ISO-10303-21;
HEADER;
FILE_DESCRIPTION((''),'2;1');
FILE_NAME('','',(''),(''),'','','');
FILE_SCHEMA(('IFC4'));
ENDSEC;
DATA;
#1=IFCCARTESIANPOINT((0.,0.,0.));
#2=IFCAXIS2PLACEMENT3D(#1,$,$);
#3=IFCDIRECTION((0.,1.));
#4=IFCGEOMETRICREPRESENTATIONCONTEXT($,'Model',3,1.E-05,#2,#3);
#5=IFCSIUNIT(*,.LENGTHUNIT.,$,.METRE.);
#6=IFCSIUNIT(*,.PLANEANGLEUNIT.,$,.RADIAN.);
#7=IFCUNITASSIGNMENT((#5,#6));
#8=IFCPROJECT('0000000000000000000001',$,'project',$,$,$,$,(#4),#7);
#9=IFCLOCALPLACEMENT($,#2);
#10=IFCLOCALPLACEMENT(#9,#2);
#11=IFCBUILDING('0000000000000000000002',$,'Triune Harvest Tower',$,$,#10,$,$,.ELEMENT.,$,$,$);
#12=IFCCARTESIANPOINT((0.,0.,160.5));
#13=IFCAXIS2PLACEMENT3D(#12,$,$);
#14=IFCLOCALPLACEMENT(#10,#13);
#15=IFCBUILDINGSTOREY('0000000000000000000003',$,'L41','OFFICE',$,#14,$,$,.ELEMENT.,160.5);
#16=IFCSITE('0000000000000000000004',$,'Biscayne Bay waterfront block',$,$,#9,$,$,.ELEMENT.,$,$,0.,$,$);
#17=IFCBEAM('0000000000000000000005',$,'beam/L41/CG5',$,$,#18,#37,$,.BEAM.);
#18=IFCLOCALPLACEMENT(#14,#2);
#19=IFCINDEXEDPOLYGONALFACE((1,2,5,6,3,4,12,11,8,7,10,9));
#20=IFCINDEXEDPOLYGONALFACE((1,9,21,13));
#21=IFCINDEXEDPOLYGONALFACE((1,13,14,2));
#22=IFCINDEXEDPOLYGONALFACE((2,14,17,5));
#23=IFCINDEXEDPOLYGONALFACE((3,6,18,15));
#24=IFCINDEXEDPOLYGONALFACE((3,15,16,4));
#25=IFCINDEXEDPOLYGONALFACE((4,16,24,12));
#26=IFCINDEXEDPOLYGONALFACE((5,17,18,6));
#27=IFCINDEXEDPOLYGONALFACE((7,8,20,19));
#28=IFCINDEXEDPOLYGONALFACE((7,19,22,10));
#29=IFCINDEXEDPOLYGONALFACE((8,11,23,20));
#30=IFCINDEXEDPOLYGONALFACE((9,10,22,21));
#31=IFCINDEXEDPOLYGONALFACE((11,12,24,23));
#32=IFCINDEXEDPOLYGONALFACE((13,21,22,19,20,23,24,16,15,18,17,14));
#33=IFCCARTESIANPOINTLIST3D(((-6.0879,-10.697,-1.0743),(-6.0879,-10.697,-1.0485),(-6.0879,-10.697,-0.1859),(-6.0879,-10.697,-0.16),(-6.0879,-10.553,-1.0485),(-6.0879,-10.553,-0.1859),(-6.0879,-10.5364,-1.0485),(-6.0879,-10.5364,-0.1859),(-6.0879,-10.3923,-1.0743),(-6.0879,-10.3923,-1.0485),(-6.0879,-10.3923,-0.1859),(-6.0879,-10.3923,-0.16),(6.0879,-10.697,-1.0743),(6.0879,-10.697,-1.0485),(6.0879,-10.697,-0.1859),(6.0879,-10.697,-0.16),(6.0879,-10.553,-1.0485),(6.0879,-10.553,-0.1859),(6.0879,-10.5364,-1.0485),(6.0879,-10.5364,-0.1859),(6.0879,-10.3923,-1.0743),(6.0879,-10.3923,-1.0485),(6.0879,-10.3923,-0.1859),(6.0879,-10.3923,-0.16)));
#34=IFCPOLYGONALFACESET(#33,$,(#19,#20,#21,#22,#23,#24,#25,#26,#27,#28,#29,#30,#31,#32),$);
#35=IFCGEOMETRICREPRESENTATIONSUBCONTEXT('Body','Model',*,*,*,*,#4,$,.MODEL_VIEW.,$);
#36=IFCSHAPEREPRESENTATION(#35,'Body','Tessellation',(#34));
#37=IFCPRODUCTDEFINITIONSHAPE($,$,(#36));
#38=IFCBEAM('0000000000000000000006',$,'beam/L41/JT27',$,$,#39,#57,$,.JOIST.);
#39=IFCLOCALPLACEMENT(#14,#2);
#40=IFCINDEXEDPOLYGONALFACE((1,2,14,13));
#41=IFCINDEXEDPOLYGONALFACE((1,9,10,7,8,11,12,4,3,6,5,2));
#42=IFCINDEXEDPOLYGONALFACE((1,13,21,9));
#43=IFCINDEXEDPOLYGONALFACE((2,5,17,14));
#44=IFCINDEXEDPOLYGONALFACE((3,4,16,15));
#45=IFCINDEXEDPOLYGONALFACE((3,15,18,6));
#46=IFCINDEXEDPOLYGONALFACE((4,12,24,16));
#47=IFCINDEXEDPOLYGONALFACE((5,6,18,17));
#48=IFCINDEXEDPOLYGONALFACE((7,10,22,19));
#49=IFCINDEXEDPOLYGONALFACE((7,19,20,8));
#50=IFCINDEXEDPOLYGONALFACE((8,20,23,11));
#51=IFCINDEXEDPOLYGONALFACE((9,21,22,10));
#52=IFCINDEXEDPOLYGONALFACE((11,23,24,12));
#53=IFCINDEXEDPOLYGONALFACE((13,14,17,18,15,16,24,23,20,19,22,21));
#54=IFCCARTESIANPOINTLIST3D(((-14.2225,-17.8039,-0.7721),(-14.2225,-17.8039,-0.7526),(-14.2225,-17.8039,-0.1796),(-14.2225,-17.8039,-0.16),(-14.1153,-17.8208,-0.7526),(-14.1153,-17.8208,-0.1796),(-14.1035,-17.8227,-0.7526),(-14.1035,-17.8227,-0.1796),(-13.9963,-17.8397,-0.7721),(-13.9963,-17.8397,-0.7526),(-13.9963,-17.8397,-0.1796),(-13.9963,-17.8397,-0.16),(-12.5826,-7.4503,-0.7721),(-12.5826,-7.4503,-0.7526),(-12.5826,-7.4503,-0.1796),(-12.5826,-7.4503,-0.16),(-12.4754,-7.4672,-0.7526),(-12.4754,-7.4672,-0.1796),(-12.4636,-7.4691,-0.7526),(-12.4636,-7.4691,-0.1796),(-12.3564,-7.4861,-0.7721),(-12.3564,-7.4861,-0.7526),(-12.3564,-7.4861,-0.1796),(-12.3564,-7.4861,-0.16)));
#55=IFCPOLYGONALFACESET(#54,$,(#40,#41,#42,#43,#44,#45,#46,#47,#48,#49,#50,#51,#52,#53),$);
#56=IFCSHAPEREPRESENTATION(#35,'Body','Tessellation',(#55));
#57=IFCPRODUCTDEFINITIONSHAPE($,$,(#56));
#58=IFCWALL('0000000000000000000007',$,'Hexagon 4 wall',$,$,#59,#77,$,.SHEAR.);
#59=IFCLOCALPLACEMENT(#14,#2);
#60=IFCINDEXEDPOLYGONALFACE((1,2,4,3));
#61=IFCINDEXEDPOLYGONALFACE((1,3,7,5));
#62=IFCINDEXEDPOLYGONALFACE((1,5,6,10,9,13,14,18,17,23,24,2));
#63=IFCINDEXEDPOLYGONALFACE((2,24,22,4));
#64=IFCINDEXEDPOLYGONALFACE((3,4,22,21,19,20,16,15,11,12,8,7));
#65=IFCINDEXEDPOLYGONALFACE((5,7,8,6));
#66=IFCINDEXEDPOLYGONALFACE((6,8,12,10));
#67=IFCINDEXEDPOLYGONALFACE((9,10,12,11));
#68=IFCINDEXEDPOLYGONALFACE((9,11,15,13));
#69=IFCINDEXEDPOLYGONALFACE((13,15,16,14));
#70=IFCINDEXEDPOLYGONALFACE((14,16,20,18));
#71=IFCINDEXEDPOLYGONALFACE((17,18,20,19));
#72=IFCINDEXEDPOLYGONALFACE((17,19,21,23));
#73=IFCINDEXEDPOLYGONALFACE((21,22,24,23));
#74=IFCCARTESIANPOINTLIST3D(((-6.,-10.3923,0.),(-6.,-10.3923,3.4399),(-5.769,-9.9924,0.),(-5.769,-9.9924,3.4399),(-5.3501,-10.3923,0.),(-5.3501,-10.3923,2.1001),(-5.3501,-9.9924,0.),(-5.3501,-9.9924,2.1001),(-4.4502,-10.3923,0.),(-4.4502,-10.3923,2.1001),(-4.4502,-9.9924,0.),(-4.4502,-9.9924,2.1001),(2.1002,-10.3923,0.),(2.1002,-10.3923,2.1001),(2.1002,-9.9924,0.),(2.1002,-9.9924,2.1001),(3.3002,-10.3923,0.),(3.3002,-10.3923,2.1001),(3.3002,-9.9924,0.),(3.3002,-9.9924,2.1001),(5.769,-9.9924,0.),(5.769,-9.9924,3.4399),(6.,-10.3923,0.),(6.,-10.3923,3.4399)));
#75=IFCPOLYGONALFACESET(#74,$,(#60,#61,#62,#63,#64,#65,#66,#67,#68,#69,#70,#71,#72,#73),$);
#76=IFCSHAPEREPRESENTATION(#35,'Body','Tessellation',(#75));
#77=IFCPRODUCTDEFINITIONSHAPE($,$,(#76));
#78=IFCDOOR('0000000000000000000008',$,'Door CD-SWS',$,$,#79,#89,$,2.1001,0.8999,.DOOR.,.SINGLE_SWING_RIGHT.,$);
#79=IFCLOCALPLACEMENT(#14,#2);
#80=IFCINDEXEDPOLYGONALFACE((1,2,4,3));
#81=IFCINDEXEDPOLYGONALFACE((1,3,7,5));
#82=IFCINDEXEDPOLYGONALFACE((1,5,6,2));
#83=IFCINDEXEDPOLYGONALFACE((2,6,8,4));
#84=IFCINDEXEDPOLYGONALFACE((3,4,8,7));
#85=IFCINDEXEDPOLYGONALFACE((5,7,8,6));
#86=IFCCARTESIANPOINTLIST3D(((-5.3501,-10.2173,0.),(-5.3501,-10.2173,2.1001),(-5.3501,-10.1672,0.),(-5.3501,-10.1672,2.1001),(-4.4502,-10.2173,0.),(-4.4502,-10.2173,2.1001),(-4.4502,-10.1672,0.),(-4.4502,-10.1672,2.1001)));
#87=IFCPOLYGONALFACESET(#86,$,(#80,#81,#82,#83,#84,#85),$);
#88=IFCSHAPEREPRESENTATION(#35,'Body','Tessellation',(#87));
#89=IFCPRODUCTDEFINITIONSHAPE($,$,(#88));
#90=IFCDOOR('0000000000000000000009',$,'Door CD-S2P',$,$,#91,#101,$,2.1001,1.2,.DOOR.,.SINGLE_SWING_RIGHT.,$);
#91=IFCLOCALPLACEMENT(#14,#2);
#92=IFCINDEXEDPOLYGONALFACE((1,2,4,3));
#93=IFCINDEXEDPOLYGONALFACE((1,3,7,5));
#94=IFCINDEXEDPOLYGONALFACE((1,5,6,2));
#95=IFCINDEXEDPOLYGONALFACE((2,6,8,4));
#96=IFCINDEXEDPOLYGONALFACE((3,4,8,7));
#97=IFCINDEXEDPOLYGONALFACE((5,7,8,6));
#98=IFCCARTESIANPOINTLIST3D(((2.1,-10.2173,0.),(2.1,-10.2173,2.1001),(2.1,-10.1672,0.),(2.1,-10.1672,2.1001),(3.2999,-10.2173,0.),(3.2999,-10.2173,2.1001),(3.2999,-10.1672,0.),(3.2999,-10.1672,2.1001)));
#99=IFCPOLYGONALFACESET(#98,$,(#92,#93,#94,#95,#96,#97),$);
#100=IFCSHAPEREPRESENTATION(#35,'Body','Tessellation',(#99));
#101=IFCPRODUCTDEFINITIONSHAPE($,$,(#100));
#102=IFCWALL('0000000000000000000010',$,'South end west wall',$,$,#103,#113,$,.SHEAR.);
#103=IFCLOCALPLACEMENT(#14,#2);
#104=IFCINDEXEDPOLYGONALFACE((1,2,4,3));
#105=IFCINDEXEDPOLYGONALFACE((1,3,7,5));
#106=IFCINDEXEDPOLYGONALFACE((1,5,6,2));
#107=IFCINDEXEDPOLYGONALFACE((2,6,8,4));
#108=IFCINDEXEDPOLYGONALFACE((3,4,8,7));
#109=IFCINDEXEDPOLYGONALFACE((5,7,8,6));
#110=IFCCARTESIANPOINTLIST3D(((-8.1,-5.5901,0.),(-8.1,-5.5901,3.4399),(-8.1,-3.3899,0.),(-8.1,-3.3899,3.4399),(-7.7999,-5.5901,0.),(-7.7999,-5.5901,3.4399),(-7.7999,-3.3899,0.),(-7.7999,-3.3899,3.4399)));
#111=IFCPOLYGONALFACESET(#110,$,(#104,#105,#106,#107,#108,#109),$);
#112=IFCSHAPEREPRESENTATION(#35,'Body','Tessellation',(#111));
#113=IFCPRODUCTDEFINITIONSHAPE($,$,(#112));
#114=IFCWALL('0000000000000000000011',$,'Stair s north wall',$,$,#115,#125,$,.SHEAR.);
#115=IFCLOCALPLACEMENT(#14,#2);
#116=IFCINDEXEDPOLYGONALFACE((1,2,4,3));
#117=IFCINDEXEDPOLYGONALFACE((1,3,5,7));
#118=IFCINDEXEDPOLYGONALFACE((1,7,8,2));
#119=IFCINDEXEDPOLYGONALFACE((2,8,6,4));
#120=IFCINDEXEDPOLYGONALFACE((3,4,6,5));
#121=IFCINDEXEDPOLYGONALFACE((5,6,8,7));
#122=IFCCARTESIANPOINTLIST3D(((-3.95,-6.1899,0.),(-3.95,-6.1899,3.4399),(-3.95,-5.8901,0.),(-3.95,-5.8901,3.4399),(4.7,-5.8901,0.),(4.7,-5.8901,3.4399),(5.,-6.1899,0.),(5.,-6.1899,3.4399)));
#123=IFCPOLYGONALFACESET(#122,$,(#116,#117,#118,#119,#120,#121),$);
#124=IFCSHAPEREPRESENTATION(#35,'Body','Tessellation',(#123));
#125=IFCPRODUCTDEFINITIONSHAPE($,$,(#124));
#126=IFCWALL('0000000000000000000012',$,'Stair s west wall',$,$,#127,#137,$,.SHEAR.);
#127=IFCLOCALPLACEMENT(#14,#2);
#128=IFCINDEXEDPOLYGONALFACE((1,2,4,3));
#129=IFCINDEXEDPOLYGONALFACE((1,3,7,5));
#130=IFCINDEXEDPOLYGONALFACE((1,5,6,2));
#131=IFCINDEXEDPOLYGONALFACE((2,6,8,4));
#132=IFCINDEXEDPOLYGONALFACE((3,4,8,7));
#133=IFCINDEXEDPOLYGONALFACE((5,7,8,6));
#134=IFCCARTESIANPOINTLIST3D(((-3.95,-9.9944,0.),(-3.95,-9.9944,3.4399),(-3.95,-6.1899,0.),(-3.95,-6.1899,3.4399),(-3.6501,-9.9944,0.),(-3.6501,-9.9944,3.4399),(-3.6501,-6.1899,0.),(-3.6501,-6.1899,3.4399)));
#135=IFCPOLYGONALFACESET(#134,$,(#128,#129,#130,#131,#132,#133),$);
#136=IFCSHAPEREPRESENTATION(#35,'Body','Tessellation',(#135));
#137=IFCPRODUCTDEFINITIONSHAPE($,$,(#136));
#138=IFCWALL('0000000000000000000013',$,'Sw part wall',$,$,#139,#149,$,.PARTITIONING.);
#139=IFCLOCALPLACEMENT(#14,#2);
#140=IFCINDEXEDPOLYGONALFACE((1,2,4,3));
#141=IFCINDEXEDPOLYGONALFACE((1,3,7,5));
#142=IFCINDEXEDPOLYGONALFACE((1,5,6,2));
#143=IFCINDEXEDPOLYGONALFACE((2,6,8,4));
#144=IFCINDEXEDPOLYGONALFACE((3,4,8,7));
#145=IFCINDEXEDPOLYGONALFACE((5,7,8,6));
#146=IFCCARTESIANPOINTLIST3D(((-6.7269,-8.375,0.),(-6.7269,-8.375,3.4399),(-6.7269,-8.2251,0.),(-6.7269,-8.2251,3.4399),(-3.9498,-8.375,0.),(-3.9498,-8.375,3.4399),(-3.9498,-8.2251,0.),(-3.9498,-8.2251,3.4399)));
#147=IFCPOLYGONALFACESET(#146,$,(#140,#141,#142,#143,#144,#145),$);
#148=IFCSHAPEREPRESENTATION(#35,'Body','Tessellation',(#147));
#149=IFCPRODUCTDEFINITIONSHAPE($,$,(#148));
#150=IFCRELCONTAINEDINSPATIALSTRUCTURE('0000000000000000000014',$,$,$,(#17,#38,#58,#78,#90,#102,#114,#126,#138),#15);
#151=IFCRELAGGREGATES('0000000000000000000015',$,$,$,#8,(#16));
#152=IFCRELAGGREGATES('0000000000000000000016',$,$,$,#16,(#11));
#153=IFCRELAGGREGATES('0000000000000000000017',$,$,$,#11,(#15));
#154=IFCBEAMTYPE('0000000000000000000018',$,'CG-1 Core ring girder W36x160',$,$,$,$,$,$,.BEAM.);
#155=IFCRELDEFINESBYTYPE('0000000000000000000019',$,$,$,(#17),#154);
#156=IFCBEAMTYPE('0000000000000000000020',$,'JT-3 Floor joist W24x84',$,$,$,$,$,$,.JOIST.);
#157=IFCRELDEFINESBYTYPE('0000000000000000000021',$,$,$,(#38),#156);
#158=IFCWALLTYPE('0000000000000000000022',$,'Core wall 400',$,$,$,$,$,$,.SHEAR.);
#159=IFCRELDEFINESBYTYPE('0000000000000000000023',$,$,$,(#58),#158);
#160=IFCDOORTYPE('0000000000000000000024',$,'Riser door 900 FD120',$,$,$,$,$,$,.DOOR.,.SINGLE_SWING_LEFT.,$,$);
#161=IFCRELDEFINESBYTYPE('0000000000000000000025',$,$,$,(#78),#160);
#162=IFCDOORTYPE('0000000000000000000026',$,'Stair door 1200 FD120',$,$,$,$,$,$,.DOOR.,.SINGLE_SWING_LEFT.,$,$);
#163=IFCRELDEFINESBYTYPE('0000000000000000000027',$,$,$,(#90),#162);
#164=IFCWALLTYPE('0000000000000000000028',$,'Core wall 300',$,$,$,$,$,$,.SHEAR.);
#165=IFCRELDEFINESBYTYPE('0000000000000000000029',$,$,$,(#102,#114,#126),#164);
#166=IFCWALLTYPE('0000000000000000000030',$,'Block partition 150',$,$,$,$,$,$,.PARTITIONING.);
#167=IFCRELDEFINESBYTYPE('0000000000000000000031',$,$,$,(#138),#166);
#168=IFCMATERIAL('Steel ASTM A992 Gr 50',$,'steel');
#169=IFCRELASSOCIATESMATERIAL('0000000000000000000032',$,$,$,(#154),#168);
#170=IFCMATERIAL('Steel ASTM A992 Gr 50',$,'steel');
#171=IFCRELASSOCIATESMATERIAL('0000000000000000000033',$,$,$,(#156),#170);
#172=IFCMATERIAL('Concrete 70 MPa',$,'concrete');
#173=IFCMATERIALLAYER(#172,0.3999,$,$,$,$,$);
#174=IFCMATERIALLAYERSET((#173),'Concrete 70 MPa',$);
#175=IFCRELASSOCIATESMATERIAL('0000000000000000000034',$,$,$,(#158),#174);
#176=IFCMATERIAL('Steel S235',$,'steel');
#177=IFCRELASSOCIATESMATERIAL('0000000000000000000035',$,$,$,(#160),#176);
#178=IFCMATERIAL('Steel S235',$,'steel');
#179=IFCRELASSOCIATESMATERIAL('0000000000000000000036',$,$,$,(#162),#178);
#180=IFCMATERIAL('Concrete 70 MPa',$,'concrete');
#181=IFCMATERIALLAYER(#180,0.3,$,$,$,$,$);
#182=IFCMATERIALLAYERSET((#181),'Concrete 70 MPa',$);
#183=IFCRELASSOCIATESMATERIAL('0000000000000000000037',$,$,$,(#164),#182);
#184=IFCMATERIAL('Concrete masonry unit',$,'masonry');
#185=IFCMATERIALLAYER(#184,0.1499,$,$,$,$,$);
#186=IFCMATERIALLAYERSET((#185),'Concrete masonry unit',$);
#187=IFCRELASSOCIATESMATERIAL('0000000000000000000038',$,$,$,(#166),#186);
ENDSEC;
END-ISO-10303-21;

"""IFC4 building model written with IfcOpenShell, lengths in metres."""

from ifc_helpers import new_model, si_unit, direction, frame, frame_2d, origin, origin_2d, place, context, subcontext, project, spatial, polyline, rectangle, i_section, outline, extrude, source, transform, mapped, material, layer, layer_set, material_profile, profile_set, type_object, element, fill, save


model = new_model("IFC4")

# Units and contexts
model_context = context("Model", 3, precision=1e-05, world=origin(), true_north=direction((0.0, 1.0)))
body_context = subcontext(model_context, "Body", "Model", "MODEL_VIEW")
ifc_project = project(units=[si_unit("LENGTHUNIT", "METRE"), si_unit("PLANEANGLEUNIT", "RADIAN")], contexts=[model_context])

# Site, building, storey
site_placement = place(None, origin())
site = spatial("IfcSite", under=ifc_project, at=site_placement, Name="Biscayne Bay waterfront block", CompositionType="ELEMENT", RefElevation=0.0)
building_placement = place(site_placement, origin())
building = spatial("IfcBuilding", under=site, at=building_placement, Name="Triune Harvest Tower", CompositionType="ELEMENT")
storey_placement = place(building_placement, frame((0.0, 0.0, 160.5)))
storey = spatial("IfcBuildingStorey", under=building, at=storey_placement, Name="L41", Description="OFFICE", CompositionType="ELEMENT", Elevation=160.5)

# Beams
ifc_material_1 = material(Name="Steel ASTM A992 Gr 50", Category="steel")
ifc_material_profile_1 = material_profile(ifc_material_1, i_section(OverallWidth=0.3047, OverallDepth=0.9143, WebThickness=0.0166, FlangeThickness=0.0259, at=origin_2d()), Name="W36x160")
ifc_profile_set_1 = profile_set([ifc_material_profile_1], Name="Steel ASTM A992 Gr 50")
beam_type_1 = type_object("IfcBeamType", Name="CG-1 Core ring girder W36x160", PredefinedType="BEAM", material=ifc_profile_set_1)
shared_shape_1 = source(origin(), body_context, "Body", "SweptSolid", [
    extrude(i_section(OverallWidth=0.3047, OverallDepth=0.9143, WebThickness=0.0166, FlangeThickness=0.0259, at=origin_2d()), origin(), (0.0, 0.0, 1.0), 12.1758),
])
beam_1_placement = place(storey_placement, frame((-6.0879, -10.5447, -0.6172), z_axis=(1.0, 0.0, 0.0), x_axis=(0.0, 1.0, 0.0)))
element("IfcBeam", 1, at=beam_1_placement, inside=storey, type_object=beam_type_1, Name="beam/L41/CG5", PredefinedType="BEAM", context=body_context, shape_type="MappedRepresentation", body=[
    mapped(shared_shape_1, transform((0.0, 0.0, 0.0), scale=1.0)),
])
ifc_material_2 = material(Name="Steel ASTM A992 Gr 50", Category="steel")
ifc_material_profile_2 = material_profile(ifc_material_2, i_section(OverallWidth=0.229, OverallDepth=0.6121, WebThickness=0.012, FlangeThickness=0.0195, at=origin_2d()), Name="W24x84")
ifc_profile_set_2 = profile_set([ifc_material_profile_2], Name="Steel ASTM A992 Gr 50")
beam_type_2 = type_object("IfcBeamType", Name="JT-3 Floor joist W24x84", PredefinedType="JOIST", material=ifc_profile_set_2)
shared_shape_2 = source(origin(), body_context, "Body", "SweptSolid", [
    extrude(i_section(OverallWidth=0.229, OverallDepth=0.6121, WebThickness=0.012, FlangeThickness=0.0195, at=origin_2d()), origin(), (0.0, 0.0, 1.0), 10.4827),
])
beam_2_placement = place(storey_placement, frame((-14.1094, -17.8218, -0.4661), z_axis=(0.15644, 0.987688, 0.0), x_axis=(-0.987688, 0.15644, 0.0)))
element("IfcBeam", 2, at=beam_2_placement, inside=storey, type_object=beam_type_2, Name="beam/L41/JT27", PredefinedType="JOIST", context=body_context, shape_type="MappedRepresentation", body=[
    mapped(shared_shape_2, transform((0.0, 0.0, 0.0), scale=1.0)),
])

# Wall, openings, doors
ifc_material_3 = material(Name="Concrete 70 MPa", Category="concrete")
ifc_layer_1 = layer(ifc_material_3, 0.3999)
ifc_layer_set_1 = layer_set([ifc_layer_1], Name="Concrete 70 MPa")
wall_type_1 = type_object("IfcWallType", Name="Core wall 400", PredefinedType="SHEAR", material=ifc_layer_set_1)
shared_shape_3 = source(origin(), body_context, "Body", "SweptSolid", [
    extrude(outline(polyline([(-0.1155, -0.2), (11.8845, -0.2), (11.6536, 0.2), (0.1155, 0.2), (-0.1155, -0.2)])), origin(), (0.0, 0.0, 1.0), 3.4399),
])
wall_1_placement = place(storey_placement, frame((-5.8845, -10.1924, 0.0), z_axis=(0.0, 0.0, 1.0), x_axis=(1.0, 0.0, 0.0)))
wall_1 = element("IfcWall", 3, at=wall_1_placement, inside=storey, type_object=wall_type_1, Name="Hexagon 4 wall", PredefinedType="SHEAR", context=body_context, shape_type="MappedRepresentation", body=[
    mapped(shared_shape_3, transform((0.0, 0.0, 0.0), scale=1.0)),
])
opening_1_placement = place(wall_1_placement, frame((7.9846, 0.0, 0.0)))
opening_1 = element("IfcOpeningElement", 4, at=opening_1_placement, cuts=wall_1, PredefinedType="OPENING", context=body_context, shape_type="SweptSolid", body=[
    extrude(rectangle(XDim=1.2, YDim=2.1001, at=frame_2d((0.6001, 1.05))), frame((0.0, 0.21, 0.0), z_axis=(0.0, -1.0, 0.0), x_axis=(1.0, 0.0, 0.0)), (0.0, 0.0, 1.0), 0.4199),
])
opening_2_placement = place(wall_1_placement, frame((0.5344, 0.0, 0.0)))
opening_2 = element("IfcOpeningElement", 5, at=opening_2_placement, cuts=wall_1, PredefinedType="OPENING", context=body_context, shape_type="SweptSolid", body=[
    extrude(rectangle(XDim=0.8999, YDim=2.1001, at=frame_2d((0.45, 1.05))), frame((0.0, 0.21, 0.0), z_axis=(0.0, -1.0, 0.0), x_axis=(1.0, 0.0, 0.0)), (0.0, 0.0, 1.0), 0.4199),
])
ifc_material_4 = material(Name="Steel S235", Category="steel")
door_type_1 = type_object("IfcDoorType", Name="Riser door 900 FD120", OperationType="SINGLE_SWING_LEFT", PredefinedType="DOOR", material=ifc_material_4)
door_1_placement = place(opening_2_placement, frame((0.8999, 0.0, 0.0), z_axis=(0.0, 0.0, 1.0), x_axis=(-1.0, 0.0, 0.0)))
door_1 = element("IfcDoor", 6, at=door_1_placement, inside=storey, type_object=door_type_1, Name="Door CD-SWS", OperationType="SINGLE_SWING_RIGHT", OverallHeight=2.1001, OverallWidth=0.8999, PredefinedType="DOOR", context=body_context, shape_type="SweptSolid", body=[
    extrude(rectangle(XDim=0.8999, YDim=2.1001, at=frame_2d((0.45, 1.05))), frame((0.0, 0.0249, 0.0), z_axis=(0.0, -1.0, 0.0), x_axis=(1.0, 0.0, 0.0)), (0.0, 0.0, 1.0), 0.05),
])
fill(opening_2, door_1)
ifc_material_5 = material(Name="Steel S235", Category="steel")
door_type_2 = type_object("IfcDoorType", Name="Stair door 1200 FD120", OperationType="SINGLE_SWING_LEFT", PredefinedType="DOOR", material=ifc_material_5)
door_2_placement = place(opening_1_placement, frame((1.2, 0.0, 0.0), z_axis=(0.0, 0.0, 1.0), x_axis=(-1.0, 0.0, 0.0)))
door_2 = element("IfcDoor", 7, at=door_2_placement, inside=storey, type_object=door_type_2, Name="Door CD-S2P", OperationType="SINGLE_SWING_RIGHT", OverallHeight=2.1001, OverallWidth=1.2, PredefinedType="DOOR", context=body_context, shape_type="SweptSolid", body=[
    extrude(rectangle(XDim=1.2, YDim=2.1001, at=frame_2d((0.6001, 1.05))), frame((0.0, 0.0249, 0.0), z_axis=(0.0, -1.0, 0.0), x_axis=(1.0, 0.0, 0.0)), (0.0, 0.0, 1.0), 0.05),
])
fill(opening_1, door_2)

# Walls
ifc_material_6 = material(Name="Concrete 70 MPa", Category="concrete")
ifc_layer_2 = layer(ifc_material_6, 0.3)
ifc_layer_set_2 = layer_set([ifc_layer_2], Name="Concrete 70 MPa")
wall_type_2 = type_object("IfcWallType", Name="Core wall 300", PredefinedType="SHEAR", material=ifc_layer_set_2)
shared_shape_4 = source(origin(), body_context, "Body", "SweptSolid", [
    extrude(rectangle(XDim=2.2002, YDim=0.3, at=frame_2d((1.1001, 0.0))), origin(), (0.0, 0.0, 1.0), 3.4399),
])
wall_2_placement = place(storey_placement, frame((-7.95, -5.5901, 0.0), z_axis=(0.0, 0.0, 1.0), x_axis=(0.0, 1.0, 0.0)))
element("IfcWall", 8, at=wall_2_placement, inside=storey, type_object=wall_type_2, Name="South end west wall", PredefinedType="SHEAR", context=body_context, shape_type="MappedRepresentation", body=[
    mapped(shared_shape_4, transform((0.0, 0.0, 0.0), scale=1.0)),
])
shared_shape_5 = source(origin(), body_context, "Body", "SweptSolid", [
    extrude(outline(polyline([(0.0, -0.1499), (8.95, -0.1499), (8.6499, 0.1499), (0.0, 0.1499), (0.0, -0.1499)])), origin(), (0.0, 0.0, 1.0), 3.4399),
])
wall_3_placement = place(storey_placement, frame((-3.95, -6.04, 0.0), z_axis=(0.0, 0.0, 1.0), x_axis=(1.0, 0.0, 0.0)))
element("IfcWall", 9, at=wall_3_placement, inside=storey, type_object=wall_type_2, Name="Stair s north wall", PredefinedType="SHEAR", context=body_context, shape_type="MappedRepresentation", body=[
    mapped(shared_shape_5, transform((0.0, 0.0, 0.0), scale=1.0)),
])
shared_shape_6 = source(origin(), body_context, "Body", "SweptSolid", [
    extrude(outline(polyline([(3.8, -0.1499), (-0.0044, -0.1499), (-0.0044, 0.1499), (3.8, 0.1499), (3.8, -0.1499)])), origin(), (0.0, 0.0, 1.0), 3.4399),
])
wall_4_placement = place(storey_placement, frame((-3.8, -9.99, 0.0), z_axis=(0.0, 0.0, 1.0), x_axis=(0.0, 1.0, 0.0)))
element("IfcWall", 10, at=wall_4_placement, inside=storey, type_object=wall_type_2, Name="Stair s west wall", PredefinedType="SHEAR", context=body_context, shape_type="MappedRepresentation", body=[
    mapped(shared_shape_6, transform((0.0, 0.0, 0.0), scale=1.0)),
])
ifc_material_7 = material(Name="Concrete masonry unit", Category="masonry")
ifc_layer_3 = layer(ifc_material_7, 0.1499)
ifc_layer_set_3 = layer_set([ifc_layer_3], Name="Concrete masonry unit")
wall_type_3 = type_object("IfcWallType", Name="Block partition 150", PredefinedType="PARTITIONING", material=ifc_layer_set_3)
shared_shape_7 = source(origin(), body_context, "Body", "SweptSolid", [
    extrude(rectangle(XDim=2.7771, YDim=0.1499, at=frame_2d((1.3887, 0.0))), origin(), (0.0, 0.0, 1.0), 3.4399),
])
wall_5_placement = place(storey_placement, frame((-6.7271, -8.3, 0.0), z_axis=(0.0, 0.0, 1.0), x_axis=(1.0, 0.0, 0.0)))
element("IfcWall", 11, at=wall_5_placement, inside=storey, type_object=wall_type_3, Name="Sw part wall", PredefinedType="PARTITIONING", context=body_context, shape_type="MappedRepresentation", body=[
    mapped(shared_shape_7, transform((0.0, 0.0, 0.0), scale=1.0)),
])

save(model, "model.ifc")
